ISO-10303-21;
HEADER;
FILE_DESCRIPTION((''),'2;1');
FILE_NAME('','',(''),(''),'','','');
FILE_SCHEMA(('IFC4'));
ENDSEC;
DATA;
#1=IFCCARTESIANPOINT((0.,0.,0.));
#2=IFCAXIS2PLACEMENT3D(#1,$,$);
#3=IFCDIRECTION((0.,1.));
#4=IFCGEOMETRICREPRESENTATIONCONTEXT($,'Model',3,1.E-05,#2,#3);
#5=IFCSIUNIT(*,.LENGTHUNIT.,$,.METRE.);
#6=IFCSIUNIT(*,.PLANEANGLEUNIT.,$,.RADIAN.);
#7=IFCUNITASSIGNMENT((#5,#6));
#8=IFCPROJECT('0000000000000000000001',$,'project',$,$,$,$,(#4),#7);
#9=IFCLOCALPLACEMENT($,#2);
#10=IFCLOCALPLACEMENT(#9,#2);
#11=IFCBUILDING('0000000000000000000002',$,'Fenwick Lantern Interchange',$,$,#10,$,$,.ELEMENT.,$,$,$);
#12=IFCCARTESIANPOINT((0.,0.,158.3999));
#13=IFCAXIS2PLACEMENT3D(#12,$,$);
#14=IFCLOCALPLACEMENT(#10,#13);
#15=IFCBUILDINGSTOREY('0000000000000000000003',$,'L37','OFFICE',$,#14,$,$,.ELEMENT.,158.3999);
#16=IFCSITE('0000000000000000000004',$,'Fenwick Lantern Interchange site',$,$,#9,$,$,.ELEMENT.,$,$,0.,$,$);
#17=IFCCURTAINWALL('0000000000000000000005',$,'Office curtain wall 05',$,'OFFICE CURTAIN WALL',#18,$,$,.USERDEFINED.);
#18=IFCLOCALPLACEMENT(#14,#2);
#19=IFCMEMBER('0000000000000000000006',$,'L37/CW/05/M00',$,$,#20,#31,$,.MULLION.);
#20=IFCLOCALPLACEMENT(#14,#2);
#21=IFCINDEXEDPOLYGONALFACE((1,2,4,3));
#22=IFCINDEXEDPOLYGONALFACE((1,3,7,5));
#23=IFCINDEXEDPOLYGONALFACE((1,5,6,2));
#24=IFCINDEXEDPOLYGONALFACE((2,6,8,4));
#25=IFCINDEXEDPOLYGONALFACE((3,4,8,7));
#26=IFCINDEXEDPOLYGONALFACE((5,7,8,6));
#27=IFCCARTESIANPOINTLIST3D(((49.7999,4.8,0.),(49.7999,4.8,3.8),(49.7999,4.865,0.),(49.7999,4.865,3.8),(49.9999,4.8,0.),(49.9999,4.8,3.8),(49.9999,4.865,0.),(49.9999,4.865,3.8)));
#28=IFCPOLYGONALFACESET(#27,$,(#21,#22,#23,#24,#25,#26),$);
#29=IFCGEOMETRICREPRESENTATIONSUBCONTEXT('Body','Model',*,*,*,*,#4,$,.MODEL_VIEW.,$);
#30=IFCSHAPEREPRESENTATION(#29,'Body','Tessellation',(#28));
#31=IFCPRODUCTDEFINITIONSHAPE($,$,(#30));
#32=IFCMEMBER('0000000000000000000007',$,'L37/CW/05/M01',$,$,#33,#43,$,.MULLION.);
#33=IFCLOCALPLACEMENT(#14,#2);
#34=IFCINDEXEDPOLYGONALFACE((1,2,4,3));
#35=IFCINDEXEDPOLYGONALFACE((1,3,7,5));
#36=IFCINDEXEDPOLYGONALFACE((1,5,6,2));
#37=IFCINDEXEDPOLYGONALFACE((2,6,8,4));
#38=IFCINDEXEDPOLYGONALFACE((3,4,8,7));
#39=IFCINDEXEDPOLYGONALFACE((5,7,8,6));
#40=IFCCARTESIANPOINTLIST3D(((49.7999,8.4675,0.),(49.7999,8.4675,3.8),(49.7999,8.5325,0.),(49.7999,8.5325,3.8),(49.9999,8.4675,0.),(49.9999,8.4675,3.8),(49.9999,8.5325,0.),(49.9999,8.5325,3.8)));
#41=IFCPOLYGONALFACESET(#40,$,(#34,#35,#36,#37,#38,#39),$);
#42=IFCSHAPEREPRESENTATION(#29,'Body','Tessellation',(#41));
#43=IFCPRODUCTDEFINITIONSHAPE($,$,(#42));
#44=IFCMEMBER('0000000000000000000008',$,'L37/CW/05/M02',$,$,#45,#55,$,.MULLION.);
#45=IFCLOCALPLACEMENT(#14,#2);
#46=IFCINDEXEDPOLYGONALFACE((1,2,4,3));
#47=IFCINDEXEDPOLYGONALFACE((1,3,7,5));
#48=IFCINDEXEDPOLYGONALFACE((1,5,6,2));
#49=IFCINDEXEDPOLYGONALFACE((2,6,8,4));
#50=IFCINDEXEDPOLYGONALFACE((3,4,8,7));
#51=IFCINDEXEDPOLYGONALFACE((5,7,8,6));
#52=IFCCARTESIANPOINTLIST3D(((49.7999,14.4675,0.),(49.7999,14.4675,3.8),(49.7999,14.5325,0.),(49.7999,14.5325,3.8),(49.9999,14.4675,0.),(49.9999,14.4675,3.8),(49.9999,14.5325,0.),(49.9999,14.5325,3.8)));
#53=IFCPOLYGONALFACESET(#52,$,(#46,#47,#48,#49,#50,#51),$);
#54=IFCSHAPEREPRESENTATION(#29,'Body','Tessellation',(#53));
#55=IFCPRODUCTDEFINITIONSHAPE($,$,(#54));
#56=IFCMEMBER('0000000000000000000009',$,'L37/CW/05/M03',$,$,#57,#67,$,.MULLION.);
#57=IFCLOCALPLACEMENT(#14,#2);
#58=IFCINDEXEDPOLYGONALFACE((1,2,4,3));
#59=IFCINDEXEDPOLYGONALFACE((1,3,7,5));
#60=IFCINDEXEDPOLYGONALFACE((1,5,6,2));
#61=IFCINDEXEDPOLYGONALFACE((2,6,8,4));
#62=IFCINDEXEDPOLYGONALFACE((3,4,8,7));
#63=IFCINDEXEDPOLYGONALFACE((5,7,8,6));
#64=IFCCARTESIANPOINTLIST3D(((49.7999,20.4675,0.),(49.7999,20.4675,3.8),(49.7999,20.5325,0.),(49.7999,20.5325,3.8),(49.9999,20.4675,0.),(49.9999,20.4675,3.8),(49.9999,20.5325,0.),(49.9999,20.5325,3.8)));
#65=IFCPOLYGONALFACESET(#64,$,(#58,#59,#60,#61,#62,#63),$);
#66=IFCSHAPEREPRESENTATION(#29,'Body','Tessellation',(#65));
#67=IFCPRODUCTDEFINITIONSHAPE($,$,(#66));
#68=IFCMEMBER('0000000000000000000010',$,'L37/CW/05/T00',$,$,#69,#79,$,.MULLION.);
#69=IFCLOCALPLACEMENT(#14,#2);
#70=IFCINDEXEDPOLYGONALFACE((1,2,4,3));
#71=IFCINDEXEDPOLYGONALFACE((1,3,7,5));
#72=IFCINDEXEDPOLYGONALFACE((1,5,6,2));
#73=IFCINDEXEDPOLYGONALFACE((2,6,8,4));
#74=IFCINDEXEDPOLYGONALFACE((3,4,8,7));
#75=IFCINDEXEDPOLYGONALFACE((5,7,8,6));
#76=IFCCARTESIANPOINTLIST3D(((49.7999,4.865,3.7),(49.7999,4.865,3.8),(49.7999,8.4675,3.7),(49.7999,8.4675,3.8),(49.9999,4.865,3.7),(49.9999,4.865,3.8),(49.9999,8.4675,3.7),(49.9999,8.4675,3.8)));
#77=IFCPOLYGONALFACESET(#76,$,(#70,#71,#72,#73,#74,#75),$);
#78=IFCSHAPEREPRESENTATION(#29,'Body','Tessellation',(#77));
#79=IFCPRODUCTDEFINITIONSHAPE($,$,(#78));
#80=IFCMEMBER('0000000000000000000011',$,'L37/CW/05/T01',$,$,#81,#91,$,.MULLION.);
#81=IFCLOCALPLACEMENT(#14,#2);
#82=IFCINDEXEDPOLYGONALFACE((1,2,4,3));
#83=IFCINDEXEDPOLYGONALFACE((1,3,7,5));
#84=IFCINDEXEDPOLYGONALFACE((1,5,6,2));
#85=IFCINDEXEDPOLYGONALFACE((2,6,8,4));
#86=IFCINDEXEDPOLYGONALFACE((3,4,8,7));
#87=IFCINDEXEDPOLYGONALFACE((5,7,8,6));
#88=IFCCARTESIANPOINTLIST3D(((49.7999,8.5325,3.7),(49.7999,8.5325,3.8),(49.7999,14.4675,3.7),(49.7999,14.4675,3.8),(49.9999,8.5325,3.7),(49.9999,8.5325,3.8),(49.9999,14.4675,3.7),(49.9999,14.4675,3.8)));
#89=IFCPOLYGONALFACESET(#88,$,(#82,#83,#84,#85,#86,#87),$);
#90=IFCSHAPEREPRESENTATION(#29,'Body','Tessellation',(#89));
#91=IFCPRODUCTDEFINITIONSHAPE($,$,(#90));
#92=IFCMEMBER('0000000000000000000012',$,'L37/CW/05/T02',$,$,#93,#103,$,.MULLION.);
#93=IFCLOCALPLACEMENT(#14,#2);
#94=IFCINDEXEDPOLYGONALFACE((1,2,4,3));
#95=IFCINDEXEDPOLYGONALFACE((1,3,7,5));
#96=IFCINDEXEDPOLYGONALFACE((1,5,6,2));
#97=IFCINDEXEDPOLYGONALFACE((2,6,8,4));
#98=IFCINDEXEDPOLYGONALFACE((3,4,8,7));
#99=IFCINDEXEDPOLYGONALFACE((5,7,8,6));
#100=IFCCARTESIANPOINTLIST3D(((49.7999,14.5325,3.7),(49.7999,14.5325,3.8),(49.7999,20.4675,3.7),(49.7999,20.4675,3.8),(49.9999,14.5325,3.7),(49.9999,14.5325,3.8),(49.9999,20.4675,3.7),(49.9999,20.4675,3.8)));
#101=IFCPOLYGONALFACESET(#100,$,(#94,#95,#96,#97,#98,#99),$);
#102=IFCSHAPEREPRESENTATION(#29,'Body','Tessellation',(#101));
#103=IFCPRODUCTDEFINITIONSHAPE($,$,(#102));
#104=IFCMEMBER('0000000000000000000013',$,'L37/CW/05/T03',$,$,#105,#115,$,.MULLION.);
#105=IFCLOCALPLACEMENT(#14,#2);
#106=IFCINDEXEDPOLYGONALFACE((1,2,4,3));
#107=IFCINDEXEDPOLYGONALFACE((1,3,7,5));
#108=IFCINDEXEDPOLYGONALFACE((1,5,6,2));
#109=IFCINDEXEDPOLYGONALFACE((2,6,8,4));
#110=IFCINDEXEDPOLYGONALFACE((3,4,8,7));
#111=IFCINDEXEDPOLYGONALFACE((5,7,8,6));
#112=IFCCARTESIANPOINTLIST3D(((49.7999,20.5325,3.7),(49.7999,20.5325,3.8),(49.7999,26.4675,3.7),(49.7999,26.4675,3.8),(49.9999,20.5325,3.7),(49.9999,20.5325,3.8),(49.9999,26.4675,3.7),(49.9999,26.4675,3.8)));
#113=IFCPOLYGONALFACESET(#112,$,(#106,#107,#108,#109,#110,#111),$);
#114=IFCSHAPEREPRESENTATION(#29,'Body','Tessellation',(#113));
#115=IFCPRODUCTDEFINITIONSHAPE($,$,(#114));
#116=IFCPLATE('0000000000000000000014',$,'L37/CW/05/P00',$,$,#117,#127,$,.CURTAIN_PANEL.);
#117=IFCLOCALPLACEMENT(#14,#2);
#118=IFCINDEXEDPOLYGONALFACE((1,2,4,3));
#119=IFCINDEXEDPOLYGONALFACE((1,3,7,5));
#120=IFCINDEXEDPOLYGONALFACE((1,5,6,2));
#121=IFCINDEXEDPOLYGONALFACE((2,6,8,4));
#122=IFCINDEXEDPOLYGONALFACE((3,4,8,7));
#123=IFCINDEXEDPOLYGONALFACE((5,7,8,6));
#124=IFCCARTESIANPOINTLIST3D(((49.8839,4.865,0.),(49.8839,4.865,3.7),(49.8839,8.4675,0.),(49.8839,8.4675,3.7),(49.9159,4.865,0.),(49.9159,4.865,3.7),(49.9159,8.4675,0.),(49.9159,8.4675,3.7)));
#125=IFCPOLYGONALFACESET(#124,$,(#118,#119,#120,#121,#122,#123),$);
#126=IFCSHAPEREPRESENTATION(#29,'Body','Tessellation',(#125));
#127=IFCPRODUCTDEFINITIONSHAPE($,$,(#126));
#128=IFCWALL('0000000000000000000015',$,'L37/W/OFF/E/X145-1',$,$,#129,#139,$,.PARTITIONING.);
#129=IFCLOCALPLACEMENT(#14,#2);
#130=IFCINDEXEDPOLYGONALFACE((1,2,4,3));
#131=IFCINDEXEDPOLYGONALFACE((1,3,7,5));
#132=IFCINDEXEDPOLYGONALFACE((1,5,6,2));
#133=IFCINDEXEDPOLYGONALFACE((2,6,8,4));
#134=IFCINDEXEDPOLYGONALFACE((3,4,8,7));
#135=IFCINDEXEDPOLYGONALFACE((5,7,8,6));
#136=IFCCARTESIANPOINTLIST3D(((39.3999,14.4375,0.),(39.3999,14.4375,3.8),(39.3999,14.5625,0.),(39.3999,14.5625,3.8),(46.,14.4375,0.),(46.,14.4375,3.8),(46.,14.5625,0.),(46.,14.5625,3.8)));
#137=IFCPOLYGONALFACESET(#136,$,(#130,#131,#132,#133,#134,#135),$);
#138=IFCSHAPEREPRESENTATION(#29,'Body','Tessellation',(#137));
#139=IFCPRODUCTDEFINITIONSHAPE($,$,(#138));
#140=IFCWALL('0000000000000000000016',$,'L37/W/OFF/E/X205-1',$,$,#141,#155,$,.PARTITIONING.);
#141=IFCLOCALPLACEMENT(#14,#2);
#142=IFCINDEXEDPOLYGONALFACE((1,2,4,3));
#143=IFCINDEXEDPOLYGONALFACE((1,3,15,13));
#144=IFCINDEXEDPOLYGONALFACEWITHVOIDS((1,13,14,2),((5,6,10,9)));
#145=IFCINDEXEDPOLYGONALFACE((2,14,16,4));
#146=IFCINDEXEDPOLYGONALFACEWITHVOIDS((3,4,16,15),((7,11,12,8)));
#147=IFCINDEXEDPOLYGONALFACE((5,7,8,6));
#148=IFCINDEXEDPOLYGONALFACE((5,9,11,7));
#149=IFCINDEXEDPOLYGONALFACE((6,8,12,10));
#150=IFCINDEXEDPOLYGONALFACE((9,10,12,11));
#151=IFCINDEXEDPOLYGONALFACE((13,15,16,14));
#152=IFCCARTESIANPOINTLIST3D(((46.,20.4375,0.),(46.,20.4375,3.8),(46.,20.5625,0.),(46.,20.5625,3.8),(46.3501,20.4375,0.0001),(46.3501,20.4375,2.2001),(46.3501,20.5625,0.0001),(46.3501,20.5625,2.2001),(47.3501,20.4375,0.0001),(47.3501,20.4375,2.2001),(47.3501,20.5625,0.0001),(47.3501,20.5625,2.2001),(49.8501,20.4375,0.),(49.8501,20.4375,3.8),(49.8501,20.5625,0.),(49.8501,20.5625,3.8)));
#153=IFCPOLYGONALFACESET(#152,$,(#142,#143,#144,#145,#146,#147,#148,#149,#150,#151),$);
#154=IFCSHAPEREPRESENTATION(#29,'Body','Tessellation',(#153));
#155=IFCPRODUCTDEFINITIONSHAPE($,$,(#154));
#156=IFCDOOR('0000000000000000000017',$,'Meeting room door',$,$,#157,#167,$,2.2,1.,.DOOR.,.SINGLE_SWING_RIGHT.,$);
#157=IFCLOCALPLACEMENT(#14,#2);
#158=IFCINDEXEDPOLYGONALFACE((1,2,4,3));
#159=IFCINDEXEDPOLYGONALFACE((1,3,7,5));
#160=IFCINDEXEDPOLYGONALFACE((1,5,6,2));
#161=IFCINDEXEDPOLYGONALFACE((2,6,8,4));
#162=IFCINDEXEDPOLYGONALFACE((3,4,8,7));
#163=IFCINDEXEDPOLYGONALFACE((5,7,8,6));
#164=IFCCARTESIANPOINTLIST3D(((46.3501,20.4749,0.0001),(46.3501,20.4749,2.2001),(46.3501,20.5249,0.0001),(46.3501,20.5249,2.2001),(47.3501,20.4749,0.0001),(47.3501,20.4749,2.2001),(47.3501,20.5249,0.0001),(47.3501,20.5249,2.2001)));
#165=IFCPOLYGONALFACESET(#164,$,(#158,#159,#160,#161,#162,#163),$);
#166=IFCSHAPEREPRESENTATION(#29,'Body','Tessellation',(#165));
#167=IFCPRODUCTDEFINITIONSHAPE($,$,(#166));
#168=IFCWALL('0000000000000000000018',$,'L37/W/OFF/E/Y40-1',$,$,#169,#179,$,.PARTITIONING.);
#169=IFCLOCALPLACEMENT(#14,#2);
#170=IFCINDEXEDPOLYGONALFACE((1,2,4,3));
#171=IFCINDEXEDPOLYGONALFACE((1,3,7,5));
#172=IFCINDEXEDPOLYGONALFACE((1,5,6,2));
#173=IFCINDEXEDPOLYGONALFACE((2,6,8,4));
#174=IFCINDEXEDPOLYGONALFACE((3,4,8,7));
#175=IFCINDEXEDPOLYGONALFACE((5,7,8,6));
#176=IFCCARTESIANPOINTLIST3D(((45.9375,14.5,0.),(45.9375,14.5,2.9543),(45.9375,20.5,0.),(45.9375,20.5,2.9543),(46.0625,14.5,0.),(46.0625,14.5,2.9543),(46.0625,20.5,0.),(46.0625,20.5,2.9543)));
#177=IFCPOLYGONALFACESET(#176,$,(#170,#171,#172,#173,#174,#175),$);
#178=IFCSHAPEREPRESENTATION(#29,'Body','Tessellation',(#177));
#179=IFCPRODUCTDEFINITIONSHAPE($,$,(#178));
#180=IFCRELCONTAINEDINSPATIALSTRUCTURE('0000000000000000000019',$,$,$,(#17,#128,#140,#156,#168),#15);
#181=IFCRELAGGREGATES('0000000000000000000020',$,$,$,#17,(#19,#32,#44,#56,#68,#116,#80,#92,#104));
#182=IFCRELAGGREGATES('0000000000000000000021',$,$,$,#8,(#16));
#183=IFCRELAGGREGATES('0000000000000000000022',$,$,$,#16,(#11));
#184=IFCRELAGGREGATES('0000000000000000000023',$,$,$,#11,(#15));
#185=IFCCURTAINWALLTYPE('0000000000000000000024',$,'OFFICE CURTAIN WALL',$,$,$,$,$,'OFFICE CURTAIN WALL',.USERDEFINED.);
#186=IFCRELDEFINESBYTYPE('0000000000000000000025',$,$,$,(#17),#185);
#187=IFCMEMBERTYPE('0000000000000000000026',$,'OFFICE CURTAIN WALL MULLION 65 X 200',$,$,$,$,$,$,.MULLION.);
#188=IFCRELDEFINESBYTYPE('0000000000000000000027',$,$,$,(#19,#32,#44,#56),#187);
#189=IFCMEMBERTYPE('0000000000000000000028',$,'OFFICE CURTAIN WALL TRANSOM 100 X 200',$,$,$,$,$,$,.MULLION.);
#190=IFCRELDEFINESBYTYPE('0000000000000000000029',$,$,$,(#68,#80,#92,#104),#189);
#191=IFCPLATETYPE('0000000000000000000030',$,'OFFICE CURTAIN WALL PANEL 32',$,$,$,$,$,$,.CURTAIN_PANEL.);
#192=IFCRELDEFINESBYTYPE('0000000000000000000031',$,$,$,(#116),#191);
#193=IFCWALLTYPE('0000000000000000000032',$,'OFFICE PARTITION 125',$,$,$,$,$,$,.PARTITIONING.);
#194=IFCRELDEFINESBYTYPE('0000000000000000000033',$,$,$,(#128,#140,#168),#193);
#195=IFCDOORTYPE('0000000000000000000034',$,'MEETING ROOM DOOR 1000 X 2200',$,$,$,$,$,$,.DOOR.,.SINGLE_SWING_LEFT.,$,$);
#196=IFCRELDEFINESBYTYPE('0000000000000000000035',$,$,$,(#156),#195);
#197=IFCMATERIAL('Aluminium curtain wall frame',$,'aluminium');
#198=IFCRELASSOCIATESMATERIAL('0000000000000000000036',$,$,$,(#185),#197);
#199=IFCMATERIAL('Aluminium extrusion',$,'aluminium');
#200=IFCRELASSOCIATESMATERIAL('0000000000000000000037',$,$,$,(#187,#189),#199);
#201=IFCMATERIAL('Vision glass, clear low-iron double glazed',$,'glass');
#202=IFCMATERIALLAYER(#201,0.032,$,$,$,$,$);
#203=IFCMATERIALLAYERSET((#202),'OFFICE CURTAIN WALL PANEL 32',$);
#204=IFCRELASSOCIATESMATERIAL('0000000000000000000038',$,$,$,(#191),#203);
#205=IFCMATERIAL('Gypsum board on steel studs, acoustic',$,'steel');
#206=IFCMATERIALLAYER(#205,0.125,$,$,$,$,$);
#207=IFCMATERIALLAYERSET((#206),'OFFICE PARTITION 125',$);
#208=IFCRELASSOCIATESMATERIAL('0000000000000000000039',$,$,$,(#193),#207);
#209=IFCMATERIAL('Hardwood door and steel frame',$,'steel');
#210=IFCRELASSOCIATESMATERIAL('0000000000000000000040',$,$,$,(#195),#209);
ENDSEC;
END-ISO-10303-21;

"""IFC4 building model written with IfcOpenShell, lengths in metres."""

from ifc_helpers import new_model, si_unit, direction, frame, frame_2d, origin, origin_2d, place, context, subcontext, project, spatial, rectangle, extrude, material, layer, layer_set, material_profile, profile_set, type_object, element, fill, aggregate, save


model = new_model("IFC4")

# Units and contexts
model_context = context("Model", 3, precision=1e-05, world=origin(), true_north=direction((0.0, 1.0)))
body_context = subcontext(model_context, "Body", "Model", "MODEL_VIEW")
ifc_project = project(units=[si_unit("LENGTHUNIT", "METRE"), si_unit("PLANEANGLEUNIT", "RADIAN")], contexts=[model_context])

# Site, building, storey
site_placement = place(None, origin())
site = spatial("IfcSite", under=ifc_project, at=site_placement, Name="Fenwick Lantern Interchange site", CompositionType="ELEMENT", RefElevation=0.0)
building_placement = place(site_placement, origin())
building = spatial("IfcBuilding", under=site, at=building_placement, Name="Fenwick Lantern Interchange", CompositionType="ELEMENT")
storey_placement = place(building_placement, frame((0.0, 0.0, 158.3999)))
storey = spatial("IfcBuildingStorey", under=building, at=storey_placement, Name="L37", Description="OFFICE", CompositionType="ELEMENT", Elevation=158.3999)

# Curtain wall, members, plate
ifc_material_1 = material(Name="Aluminium curtain wall frame", Category="aluminium")
curtain_wall_type = type_object("IfcCurtainWallType", Name="OFFICE CURTAIN WALL", ElementType="OFFICE CURTAIN WALL", PredefinedType="USERDEFINED", material=ifc_material_1)
curtain_wall_placement = place(storey_placement, origin())
curtain_wall = element("IfcCurtainWall", 1, at=curtain_wall_placement, inside=storey, type_object=curtain_wall_type, Name="Office curtain wall 05", ObjectType="OFFICE CURTAIN WALL", PredefinedType="USERDEFINED")
ifc_material_2 = material(Name="Aluminium extrusion", Category="aluminium")
ifc_material_profile_1 = material_profile(ifc_material_2, rectangle(XDim=0.2, YDim=0.0649, at=origin_2d()), Name="OFFICE CURTAIN WALL MULLION 65 X 200")
ifc_profile_set_1 = profile_set([ifc_material_profile_1], Name="Aluminium extrusion")
member_type_1 = type_object("IfcMemberType", Name="OFFICE CURTAIN WALL MULLION 65 X 200", PredefinedType="MULLION", material=ifc_profile_set_1)
member_1_placement = place(storey_placement, frame((49.8999, 4.8325, 0.0), z_axis=(0.0, 0.0, 1.0), x_axis=(-1.0, 0.0, 0.0)))
member_1 = element("IfcMember", 2, at=member_1_placement, type_object=member_type_1, Name="L37/CW/05/M00", PredefinedType="MULLION", context=body_context, shape_type="SweptSolid", body=[
    extrude(rectangle(XDim=0.2, YDim=0.0649, at=origin_2d()), origin(), (0.0, 0.0, 1.0), 3.8),
])
member_2_placement = place(storey_placement, frame((49.8999, 8.5, 0.0), z_axis=(0.0, 0.0, 1.0), x_axis=(-1.0, 0.0, 0.0)))
member_2 = element("IfcMember", 3, at=member_2_placement, type_object=member_type_1, Name="L37/CW/05/M01", PredefinedType="MULLION", context=body_context, shape_type="SweptSolid", body=[
    extrude(rectangle(XDim=0.2, YDim=0.0649, at=origin_2d()), origin(), (0.0, 0.0, 1.0), 3.8),
])
member_3_placement = place(storey_placement, frame((49.8999, 14.5, 0.0), z_axis=(0.0, 0.0, 1.0), x_axis=(-1.0, 0.0, 0.0)))
member_3 = element("IfcMember", 4, at=member_3_placement, type_object=member_type_1, Name="L37/CW/05/M02", PredefinedType="MULLION", context=body_context, shape_type="SweptSolid", body=[
    extrude(rectangle(XDim=0.2, YDim=0.0649, at=origin_2d()), origin(), (0.0, 0.0, 1.0), 3.8),
])
member_4_placement = place(storey_placement, frame((49.8999, 20.5, 0.0), z_axis=(0.0, 0.0, 1.0), x_axis=(-1.0, 0.0, 0.0)))
member_4 = element("IfcMember", 5, at=member_4_placement, type_object=member_type_1, Name="L37/CW/05/M03", PredefinedType="MULLION", context=body_context, shape_type="SweptSolid", body=[
    extrude(rectangle(XDim=0.2, YDim=0.0649, at=origin_2d()), origin(), (0.0, 0.0, 1.0), 3.8),
])
ifc_material_profile_2 = material_profile(ifc_material_2, rectangle(XDim=0.2, YDim=0.1001, at=origin_2d()), Name="OFFICE CURTAIN WALL TRANSOM 100 X 200")
ifc_profile_set_2 = profile_set([ifc_material_profile_2], Name="Aluminium extrusion")
member_type_2 = type_object("IfcMemberType", Name="OFFICE CURTAIN WALL TRANSOM 100 X 200", PredefinedType="MULLION", material=ifc_profile_set_2)
member_5_placement = place(storey_placement, frame((49.8999, 4.865, 3.75), z_axis=(0.0, 1.0, 0.0), x_axis=(-1.0, 0.0, 0.0)))
member_5 = element("IfcMember", 6, at=member_5_placement, type_object=member_type_2, Name="L37/CW/05/T00", PredefinedType="MULLION", context=body_context, shape_type="SweptSolid", body=[
    extrude(rectangle(XDim=0.2, YDim=0.1001, at=origin_2d()), origin(), (0.0, 0.0, 1.0), 3.6025),
])
member_6_placement = place(storey_placement, frame((49.8999, 8.5325, 3.75), z_axis=(0.0, 1.0, 0.0), x_axis=(-1.0, 0.0, 0.0)))
member_6 = element("IfcMember", 7, at=member_6_placement, type_object=member_type_2, Name="L37/CW/05/T01", PredefinedType="MULLION", context=body_context, shape_type="SweptSolid", body=[
    extrude(rectangle(XDim=0.2, YDim=0.1001, at=origin_2d()), origin(), (0.0, 0.0, 1.0), 5.9351),
])
member_7_placement = place(storey_placement, frame((49.8999, 14.5325, 3.75), z_axis=(0.0, 1.0, 0.0), x_axis=(-1.0, 0.0, 0.0)))
member_7 = element("IfcMember", 8, at=member_7_placement, type_object=member_type_2, Name="L37/CW/05/T02", PredefinedType="MULLION", context=body_context, shape_type="SweptSolid", body=[
    extrude(rectangle(XDim=0.2, YDim=0.1001, at=origin_2d()), origin(), (0.0, 0.0, 1.0), 5.9351),
])
member_8_placement = place(storey_placement, frame((49.8999, 20.5325, 3.75), z_axis=(0.0, 1.0, 0.0), x_axis=(-1.0, 0.0, 0.0)))
member_8 = element("IfcMember", 9, at=member_8_placement, type_object=member_type_2, Name="L37/CW/05/T03", PredefinedType="MULLION", context=body_context, shape_type="SweptSolid", body=[
    extrude(rectangle(XDim=0.2, YDim=0.1001, at=origin_2d()), origin(), (0.0, 0.0, 1.0), 5.9351),
])
ifc_material_3 = material(Name="Vision glass, clear low-iron double glazed", Category="glass")
ifc_layer_1 = layer(ifc_material_3, 0.032)
ifc_layer_set_1 = layer_set([ifc_layer_1], Name="OFFICE CURTAIN WALL PANEL 32")
plate_type = type_object("IfcPlateType", Name="OFFICE CURTAIN WALL PANEL 32", PredefinedType="CURTAIN_PANEL", material=ifc_layer_set_1)
plate_placement = place(storey_placement, frame((49.8999, 6.6663, 0.0), z_axis=(0.0, 0.0, 1.0), x_axis=(0.0, 1.0, 0.0)))
plate = element("IfcPlate", 10, at=plate_placement, type_object=plate_type, Name="L37/CW/05/P00", PredefinedType="CURTAIN_PANEL", context=body_context, shape_type="SweptSolid", body=[
    extrude(rectangle(XDim=3.6025, YDim=0.032, at=origin_2d()), origin(), (0.0, 0.0, 1.0), 3.7),
])
aggregate(curtain_wall, [member_1, member_2, member_3, member_4, member_5, plate, member_6, member_7, member_8])

# Wall
ifc_material_4 = material(Name="Gypsum board on steel studs, acoustic", Category="steel")
ifc_layer_2 = layer(ifc_material_4, 0.125)
ifc_layer_set_2 = layer_set([ifc_layer_2], Name="OFFICE PARTITION 125")
wall_type = type_object("IfcWallType", Name="OFFICE PARTITION 125", PredefinedType="PARTITIONING", material=ifc_layer_set_2)
wall_1_placement = place(storey_placement, frame((46.0, 14.5, 0.0), z_axis=(0.0, 0.0, 1.0), x_axis=(-1.0, 0.0, 0.0)))
element("IfcWall", 11, at=wall_1_placement, inside=storey, type_object=wall_type, Name="L37/W/OFF/E/X145-1", PredefinedType="PARTITIONING", context=body_context, shape_type="SweptSolid", body=[
    extrude(rectangle(XDim=6.6001, YDim=0.125, at=frame_2d((3.3, 0.0))), origin(), (0.0, 0.0, 1.0), 3.8),
])

# Wall, opening, door
wall_2_placement = place(storey_placement, frame((49.8501, 20.5, 0.0), z_axis=(0.0, 0.0, 1.0), x_axis=(-1.0, 0.0, 0.0)))
wall_2 = element("IfcWall", 12, at=wall_2_placement, inside=storey, type_object=wall_type, Name="L37/W/OFF/E/X205-1", PredefinedType="PARTITIONING", context=body_context, shape_type="SweptSolid", body=[
    extrude(rectangle(XDim=3.8501, YDim=0.125, at=frame_2d((1.925, 0.0))), origin(), (0.0, 0.0, 1.0), 3.8),
])
opening_placement = place(wall_2_placement, frame((2.5, 0.0, 0.0)))
opening = element("IfcOpeningElement", 13, at=opening_placement, cuts=wall_2, PredefinedType="OPENING", context=body_context, shape_type="SweptSolid", body=[
    extrude(rectangle(XDim=1.0, YDim=2.2, at=frame_2d((0.5, 1.1001))), frame((0.0, 0.0725, 0.0), z_axis=(0.0, -1.0, 0.0), x_axis=(1.0, 0.0, 0.0)), (0.0, 0.0, 1.0), 0.145),
])
ifc_material_5 = material(Name="Hardwood door and steel frame", Category="steel")
door_type = type_object("IfcDoorType", Name="MEETING ROOM DOOR 1000 X 2200", OperationType="SINGLE_SWING_LEFT", PredefinedType="DOOR", material=ifc_material_5)
door_placement = place(opening_placement, frame((1.0, 0.0, 0.0), z_axis=(0.0, 0.0, 1.0), x_axis=(-1.0, 0.0, 0.0)))
door = element("IfcDoor", 14, at=door_placement, inside=storey, type_object=door_type, Name="Meeting room door", OperationType="SINGLE_SWING_RIGHT", OverallHeight=2.2, OverallWidth=1.0, PredefinedType="DOOR", context=body_context, shape_type="SweptSolid", body=[
    extrude(rectangle(XDim=1.0, YDim=2.2, at=frame_2d((0.5, 1.1001))), frame((0.0, 0.0249, 0.0), z_axis=(0.0, -1.0, 0.0), x_axis=(1.0, 0.0, 0.0)), (0.0, 0.0, 1.0), 0.05),
])
fill(opening, door)

# Wall
wall_3_placement = place(storey_placement, frame((46.0, 14.5, 0.0), z_axis=(0.0, 0.0, 1.0), x_axis=(0.0, 1.0, 0.0)))
element("IfcWall", 15, at=wall_3_placement, inside=storey, type_object=wall_type, Name="L37/W/OFF/E/Y40-1", PredefinedType="PARTITIONING", context=body_context, shape_type="SweptSolid", body=[
    extrude(rectangle(XDim=6.0, YDim=0.125, at=frame_2d((3.0, 0.0))), origin(), (0.0, 0.0, 1.0), 2.9543),
])

save(model, "model.ifc")
